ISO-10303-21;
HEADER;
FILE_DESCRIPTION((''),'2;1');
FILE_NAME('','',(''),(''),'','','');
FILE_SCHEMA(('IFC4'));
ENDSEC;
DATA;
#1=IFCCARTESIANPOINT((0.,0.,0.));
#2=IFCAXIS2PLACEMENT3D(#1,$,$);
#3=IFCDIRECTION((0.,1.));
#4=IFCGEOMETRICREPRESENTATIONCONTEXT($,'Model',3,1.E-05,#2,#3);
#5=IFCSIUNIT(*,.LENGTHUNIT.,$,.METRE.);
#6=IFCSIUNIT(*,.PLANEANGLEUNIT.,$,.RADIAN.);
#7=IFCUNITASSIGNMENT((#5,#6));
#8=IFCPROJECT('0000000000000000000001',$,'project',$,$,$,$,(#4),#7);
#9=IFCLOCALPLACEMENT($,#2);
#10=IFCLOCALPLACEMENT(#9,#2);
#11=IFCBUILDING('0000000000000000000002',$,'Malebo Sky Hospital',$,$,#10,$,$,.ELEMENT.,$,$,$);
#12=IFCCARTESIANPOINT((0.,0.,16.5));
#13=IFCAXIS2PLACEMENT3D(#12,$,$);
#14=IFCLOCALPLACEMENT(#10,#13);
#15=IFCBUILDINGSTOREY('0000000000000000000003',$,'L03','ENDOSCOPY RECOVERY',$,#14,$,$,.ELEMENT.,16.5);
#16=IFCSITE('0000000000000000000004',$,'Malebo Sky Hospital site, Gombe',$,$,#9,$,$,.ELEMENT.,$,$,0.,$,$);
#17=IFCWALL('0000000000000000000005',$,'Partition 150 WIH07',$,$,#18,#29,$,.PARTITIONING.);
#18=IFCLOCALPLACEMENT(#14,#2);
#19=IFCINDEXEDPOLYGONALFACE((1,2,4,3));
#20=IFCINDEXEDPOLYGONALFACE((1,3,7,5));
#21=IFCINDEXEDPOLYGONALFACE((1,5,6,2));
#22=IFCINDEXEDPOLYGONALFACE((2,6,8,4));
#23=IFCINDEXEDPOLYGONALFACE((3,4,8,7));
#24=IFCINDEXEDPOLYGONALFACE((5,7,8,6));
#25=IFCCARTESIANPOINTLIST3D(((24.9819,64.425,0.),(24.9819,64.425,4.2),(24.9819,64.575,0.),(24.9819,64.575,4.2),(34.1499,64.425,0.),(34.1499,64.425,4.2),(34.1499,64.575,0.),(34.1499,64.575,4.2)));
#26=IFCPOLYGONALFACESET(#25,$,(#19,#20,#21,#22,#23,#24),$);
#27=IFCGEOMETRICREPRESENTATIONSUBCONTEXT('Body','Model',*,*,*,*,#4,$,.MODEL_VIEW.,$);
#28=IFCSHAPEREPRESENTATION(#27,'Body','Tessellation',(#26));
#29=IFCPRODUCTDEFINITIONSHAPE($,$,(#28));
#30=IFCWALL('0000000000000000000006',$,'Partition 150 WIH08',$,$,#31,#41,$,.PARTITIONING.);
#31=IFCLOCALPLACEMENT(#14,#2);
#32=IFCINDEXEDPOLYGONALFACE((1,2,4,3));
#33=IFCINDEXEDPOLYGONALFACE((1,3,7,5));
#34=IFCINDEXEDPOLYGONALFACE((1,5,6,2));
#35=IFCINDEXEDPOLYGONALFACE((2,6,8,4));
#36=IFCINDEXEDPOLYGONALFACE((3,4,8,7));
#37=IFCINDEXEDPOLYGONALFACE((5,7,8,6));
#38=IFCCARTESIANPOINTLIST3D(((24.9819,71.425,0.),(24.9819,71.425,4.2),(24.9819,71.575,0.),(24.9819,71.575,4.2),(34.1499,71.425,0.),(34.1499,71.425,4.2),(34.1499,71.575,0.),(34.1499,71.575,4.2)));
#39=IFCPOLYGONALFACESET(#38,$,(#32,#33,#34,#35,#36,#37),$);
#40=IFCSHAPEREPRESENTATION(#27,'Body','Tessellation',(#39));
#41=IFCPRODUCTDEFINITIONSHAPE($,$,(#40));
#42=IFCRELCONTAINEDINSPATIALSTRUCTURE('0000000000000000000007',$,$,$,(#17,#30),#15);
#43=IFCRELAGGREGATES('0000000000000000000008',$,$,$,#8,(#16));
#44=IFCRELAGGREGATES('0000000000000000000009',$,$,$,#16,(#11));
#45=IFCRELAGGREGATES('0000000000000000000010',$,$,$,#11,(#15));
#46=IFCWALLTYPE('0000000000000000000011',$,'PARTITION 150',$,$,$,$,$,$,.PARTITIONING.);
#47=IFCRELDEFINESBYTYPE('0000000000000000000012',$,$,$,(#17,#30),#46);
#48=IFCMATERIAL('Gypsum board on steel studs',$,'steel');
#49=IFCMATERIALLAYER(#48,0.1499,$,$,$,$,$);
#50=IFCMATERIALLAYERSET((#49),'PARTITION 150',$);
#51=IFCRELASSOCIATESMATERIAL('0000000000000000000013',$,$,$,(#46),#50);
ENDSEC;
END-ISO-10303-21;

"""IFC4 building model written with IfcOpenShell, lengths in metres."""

from ifc_helpers import new_model, si_unit, direction, frame, frame_2d, origin, place, context, subcontext, project, spatial, rectangle, extrude, material, layer, layer_set, type_object, element, save


model = new_model("IFC4")

# Units and contexts
model_context = context("Model", 3, precision=1e-05, world=origin(), true_north=direction((0.0, 1.0)))
body_context = subcontext(model_context, "Body", "Model", "MODEL_VIEW")
ifc_project = project(units=[si_unit("LENGTHUNIT", "METRE"), si_unit("PLANEANGLEUNIT", "RADIAN")], contexts=[model_context])

# Site, building, storey
site_placement = place(None, origin())
site = spatial("IfcSite", under=ifc_project, at=site_placement, Name="Malebo Sky Hospital site, Gombe", CompositionType="ELEMENT", RefElevation=0.0)
building_placement = place(site_placement, origin())
building = spatial("IfcBuilding", under=site, at=building_placement, Name="Malebo Sky Hospital", CompositionType="ELEMENT")
storey_placement = place(building_placement, frame((0.0, 0.0, 16.5)))
storey = spatial("IfcBuildingStorey", under=building, at=storey_placement, Name="L03", Description="ENDOSCOPY RECOVERY", CompositionType="ELEMENT", Elevation=16.5)

# Shared definitions
ifc_material_1 = material(Name="Gypsum board on steel studs", Category="steel")

# Shared definitions
ifc_layer_1 = layer(ifc_material_1, 0.1499)
ifc_layer_set_1 = layer_set([ifc_layer_1], Name="PARTITION 150")
wall_type_1 = type_object("IfcWallType", Name="PARTITION 150", PredefinedType="PARTITIONING", material=ifc_layer_set_1)

# Walls
for number, where, z_axis, x_axis, name in (
    (1, (24.9819, 64.5, 0.0), (0.0, 0.0, 1.0), (1.0, 0.0, 0.0), "Partition 150 WIH07"),
    (2, (24.9819, 71.5, 0.0), (0.0, 0.0, 1.0), (1.0, 0.0, 0.0), "Partition 150 WIH08"),
):
    element("IfcWall", number, at=place(storey_placement, frame(where, z_axis=z_axis, x_axis=x_axis)), inside=storey, type_object=wall_type_1, Name=name, PredefinedType="PARTITIONING", context=body_context, shape_type="SweptSolid", body=[
        extrude(rectangle(XDim=9.168, YDim=0.1499, at=frame_2d((4.584, 0.0))), origin(), (0.0, 0.0, 1.0), 4.2),
    ])

save(model, "model.ifc")
